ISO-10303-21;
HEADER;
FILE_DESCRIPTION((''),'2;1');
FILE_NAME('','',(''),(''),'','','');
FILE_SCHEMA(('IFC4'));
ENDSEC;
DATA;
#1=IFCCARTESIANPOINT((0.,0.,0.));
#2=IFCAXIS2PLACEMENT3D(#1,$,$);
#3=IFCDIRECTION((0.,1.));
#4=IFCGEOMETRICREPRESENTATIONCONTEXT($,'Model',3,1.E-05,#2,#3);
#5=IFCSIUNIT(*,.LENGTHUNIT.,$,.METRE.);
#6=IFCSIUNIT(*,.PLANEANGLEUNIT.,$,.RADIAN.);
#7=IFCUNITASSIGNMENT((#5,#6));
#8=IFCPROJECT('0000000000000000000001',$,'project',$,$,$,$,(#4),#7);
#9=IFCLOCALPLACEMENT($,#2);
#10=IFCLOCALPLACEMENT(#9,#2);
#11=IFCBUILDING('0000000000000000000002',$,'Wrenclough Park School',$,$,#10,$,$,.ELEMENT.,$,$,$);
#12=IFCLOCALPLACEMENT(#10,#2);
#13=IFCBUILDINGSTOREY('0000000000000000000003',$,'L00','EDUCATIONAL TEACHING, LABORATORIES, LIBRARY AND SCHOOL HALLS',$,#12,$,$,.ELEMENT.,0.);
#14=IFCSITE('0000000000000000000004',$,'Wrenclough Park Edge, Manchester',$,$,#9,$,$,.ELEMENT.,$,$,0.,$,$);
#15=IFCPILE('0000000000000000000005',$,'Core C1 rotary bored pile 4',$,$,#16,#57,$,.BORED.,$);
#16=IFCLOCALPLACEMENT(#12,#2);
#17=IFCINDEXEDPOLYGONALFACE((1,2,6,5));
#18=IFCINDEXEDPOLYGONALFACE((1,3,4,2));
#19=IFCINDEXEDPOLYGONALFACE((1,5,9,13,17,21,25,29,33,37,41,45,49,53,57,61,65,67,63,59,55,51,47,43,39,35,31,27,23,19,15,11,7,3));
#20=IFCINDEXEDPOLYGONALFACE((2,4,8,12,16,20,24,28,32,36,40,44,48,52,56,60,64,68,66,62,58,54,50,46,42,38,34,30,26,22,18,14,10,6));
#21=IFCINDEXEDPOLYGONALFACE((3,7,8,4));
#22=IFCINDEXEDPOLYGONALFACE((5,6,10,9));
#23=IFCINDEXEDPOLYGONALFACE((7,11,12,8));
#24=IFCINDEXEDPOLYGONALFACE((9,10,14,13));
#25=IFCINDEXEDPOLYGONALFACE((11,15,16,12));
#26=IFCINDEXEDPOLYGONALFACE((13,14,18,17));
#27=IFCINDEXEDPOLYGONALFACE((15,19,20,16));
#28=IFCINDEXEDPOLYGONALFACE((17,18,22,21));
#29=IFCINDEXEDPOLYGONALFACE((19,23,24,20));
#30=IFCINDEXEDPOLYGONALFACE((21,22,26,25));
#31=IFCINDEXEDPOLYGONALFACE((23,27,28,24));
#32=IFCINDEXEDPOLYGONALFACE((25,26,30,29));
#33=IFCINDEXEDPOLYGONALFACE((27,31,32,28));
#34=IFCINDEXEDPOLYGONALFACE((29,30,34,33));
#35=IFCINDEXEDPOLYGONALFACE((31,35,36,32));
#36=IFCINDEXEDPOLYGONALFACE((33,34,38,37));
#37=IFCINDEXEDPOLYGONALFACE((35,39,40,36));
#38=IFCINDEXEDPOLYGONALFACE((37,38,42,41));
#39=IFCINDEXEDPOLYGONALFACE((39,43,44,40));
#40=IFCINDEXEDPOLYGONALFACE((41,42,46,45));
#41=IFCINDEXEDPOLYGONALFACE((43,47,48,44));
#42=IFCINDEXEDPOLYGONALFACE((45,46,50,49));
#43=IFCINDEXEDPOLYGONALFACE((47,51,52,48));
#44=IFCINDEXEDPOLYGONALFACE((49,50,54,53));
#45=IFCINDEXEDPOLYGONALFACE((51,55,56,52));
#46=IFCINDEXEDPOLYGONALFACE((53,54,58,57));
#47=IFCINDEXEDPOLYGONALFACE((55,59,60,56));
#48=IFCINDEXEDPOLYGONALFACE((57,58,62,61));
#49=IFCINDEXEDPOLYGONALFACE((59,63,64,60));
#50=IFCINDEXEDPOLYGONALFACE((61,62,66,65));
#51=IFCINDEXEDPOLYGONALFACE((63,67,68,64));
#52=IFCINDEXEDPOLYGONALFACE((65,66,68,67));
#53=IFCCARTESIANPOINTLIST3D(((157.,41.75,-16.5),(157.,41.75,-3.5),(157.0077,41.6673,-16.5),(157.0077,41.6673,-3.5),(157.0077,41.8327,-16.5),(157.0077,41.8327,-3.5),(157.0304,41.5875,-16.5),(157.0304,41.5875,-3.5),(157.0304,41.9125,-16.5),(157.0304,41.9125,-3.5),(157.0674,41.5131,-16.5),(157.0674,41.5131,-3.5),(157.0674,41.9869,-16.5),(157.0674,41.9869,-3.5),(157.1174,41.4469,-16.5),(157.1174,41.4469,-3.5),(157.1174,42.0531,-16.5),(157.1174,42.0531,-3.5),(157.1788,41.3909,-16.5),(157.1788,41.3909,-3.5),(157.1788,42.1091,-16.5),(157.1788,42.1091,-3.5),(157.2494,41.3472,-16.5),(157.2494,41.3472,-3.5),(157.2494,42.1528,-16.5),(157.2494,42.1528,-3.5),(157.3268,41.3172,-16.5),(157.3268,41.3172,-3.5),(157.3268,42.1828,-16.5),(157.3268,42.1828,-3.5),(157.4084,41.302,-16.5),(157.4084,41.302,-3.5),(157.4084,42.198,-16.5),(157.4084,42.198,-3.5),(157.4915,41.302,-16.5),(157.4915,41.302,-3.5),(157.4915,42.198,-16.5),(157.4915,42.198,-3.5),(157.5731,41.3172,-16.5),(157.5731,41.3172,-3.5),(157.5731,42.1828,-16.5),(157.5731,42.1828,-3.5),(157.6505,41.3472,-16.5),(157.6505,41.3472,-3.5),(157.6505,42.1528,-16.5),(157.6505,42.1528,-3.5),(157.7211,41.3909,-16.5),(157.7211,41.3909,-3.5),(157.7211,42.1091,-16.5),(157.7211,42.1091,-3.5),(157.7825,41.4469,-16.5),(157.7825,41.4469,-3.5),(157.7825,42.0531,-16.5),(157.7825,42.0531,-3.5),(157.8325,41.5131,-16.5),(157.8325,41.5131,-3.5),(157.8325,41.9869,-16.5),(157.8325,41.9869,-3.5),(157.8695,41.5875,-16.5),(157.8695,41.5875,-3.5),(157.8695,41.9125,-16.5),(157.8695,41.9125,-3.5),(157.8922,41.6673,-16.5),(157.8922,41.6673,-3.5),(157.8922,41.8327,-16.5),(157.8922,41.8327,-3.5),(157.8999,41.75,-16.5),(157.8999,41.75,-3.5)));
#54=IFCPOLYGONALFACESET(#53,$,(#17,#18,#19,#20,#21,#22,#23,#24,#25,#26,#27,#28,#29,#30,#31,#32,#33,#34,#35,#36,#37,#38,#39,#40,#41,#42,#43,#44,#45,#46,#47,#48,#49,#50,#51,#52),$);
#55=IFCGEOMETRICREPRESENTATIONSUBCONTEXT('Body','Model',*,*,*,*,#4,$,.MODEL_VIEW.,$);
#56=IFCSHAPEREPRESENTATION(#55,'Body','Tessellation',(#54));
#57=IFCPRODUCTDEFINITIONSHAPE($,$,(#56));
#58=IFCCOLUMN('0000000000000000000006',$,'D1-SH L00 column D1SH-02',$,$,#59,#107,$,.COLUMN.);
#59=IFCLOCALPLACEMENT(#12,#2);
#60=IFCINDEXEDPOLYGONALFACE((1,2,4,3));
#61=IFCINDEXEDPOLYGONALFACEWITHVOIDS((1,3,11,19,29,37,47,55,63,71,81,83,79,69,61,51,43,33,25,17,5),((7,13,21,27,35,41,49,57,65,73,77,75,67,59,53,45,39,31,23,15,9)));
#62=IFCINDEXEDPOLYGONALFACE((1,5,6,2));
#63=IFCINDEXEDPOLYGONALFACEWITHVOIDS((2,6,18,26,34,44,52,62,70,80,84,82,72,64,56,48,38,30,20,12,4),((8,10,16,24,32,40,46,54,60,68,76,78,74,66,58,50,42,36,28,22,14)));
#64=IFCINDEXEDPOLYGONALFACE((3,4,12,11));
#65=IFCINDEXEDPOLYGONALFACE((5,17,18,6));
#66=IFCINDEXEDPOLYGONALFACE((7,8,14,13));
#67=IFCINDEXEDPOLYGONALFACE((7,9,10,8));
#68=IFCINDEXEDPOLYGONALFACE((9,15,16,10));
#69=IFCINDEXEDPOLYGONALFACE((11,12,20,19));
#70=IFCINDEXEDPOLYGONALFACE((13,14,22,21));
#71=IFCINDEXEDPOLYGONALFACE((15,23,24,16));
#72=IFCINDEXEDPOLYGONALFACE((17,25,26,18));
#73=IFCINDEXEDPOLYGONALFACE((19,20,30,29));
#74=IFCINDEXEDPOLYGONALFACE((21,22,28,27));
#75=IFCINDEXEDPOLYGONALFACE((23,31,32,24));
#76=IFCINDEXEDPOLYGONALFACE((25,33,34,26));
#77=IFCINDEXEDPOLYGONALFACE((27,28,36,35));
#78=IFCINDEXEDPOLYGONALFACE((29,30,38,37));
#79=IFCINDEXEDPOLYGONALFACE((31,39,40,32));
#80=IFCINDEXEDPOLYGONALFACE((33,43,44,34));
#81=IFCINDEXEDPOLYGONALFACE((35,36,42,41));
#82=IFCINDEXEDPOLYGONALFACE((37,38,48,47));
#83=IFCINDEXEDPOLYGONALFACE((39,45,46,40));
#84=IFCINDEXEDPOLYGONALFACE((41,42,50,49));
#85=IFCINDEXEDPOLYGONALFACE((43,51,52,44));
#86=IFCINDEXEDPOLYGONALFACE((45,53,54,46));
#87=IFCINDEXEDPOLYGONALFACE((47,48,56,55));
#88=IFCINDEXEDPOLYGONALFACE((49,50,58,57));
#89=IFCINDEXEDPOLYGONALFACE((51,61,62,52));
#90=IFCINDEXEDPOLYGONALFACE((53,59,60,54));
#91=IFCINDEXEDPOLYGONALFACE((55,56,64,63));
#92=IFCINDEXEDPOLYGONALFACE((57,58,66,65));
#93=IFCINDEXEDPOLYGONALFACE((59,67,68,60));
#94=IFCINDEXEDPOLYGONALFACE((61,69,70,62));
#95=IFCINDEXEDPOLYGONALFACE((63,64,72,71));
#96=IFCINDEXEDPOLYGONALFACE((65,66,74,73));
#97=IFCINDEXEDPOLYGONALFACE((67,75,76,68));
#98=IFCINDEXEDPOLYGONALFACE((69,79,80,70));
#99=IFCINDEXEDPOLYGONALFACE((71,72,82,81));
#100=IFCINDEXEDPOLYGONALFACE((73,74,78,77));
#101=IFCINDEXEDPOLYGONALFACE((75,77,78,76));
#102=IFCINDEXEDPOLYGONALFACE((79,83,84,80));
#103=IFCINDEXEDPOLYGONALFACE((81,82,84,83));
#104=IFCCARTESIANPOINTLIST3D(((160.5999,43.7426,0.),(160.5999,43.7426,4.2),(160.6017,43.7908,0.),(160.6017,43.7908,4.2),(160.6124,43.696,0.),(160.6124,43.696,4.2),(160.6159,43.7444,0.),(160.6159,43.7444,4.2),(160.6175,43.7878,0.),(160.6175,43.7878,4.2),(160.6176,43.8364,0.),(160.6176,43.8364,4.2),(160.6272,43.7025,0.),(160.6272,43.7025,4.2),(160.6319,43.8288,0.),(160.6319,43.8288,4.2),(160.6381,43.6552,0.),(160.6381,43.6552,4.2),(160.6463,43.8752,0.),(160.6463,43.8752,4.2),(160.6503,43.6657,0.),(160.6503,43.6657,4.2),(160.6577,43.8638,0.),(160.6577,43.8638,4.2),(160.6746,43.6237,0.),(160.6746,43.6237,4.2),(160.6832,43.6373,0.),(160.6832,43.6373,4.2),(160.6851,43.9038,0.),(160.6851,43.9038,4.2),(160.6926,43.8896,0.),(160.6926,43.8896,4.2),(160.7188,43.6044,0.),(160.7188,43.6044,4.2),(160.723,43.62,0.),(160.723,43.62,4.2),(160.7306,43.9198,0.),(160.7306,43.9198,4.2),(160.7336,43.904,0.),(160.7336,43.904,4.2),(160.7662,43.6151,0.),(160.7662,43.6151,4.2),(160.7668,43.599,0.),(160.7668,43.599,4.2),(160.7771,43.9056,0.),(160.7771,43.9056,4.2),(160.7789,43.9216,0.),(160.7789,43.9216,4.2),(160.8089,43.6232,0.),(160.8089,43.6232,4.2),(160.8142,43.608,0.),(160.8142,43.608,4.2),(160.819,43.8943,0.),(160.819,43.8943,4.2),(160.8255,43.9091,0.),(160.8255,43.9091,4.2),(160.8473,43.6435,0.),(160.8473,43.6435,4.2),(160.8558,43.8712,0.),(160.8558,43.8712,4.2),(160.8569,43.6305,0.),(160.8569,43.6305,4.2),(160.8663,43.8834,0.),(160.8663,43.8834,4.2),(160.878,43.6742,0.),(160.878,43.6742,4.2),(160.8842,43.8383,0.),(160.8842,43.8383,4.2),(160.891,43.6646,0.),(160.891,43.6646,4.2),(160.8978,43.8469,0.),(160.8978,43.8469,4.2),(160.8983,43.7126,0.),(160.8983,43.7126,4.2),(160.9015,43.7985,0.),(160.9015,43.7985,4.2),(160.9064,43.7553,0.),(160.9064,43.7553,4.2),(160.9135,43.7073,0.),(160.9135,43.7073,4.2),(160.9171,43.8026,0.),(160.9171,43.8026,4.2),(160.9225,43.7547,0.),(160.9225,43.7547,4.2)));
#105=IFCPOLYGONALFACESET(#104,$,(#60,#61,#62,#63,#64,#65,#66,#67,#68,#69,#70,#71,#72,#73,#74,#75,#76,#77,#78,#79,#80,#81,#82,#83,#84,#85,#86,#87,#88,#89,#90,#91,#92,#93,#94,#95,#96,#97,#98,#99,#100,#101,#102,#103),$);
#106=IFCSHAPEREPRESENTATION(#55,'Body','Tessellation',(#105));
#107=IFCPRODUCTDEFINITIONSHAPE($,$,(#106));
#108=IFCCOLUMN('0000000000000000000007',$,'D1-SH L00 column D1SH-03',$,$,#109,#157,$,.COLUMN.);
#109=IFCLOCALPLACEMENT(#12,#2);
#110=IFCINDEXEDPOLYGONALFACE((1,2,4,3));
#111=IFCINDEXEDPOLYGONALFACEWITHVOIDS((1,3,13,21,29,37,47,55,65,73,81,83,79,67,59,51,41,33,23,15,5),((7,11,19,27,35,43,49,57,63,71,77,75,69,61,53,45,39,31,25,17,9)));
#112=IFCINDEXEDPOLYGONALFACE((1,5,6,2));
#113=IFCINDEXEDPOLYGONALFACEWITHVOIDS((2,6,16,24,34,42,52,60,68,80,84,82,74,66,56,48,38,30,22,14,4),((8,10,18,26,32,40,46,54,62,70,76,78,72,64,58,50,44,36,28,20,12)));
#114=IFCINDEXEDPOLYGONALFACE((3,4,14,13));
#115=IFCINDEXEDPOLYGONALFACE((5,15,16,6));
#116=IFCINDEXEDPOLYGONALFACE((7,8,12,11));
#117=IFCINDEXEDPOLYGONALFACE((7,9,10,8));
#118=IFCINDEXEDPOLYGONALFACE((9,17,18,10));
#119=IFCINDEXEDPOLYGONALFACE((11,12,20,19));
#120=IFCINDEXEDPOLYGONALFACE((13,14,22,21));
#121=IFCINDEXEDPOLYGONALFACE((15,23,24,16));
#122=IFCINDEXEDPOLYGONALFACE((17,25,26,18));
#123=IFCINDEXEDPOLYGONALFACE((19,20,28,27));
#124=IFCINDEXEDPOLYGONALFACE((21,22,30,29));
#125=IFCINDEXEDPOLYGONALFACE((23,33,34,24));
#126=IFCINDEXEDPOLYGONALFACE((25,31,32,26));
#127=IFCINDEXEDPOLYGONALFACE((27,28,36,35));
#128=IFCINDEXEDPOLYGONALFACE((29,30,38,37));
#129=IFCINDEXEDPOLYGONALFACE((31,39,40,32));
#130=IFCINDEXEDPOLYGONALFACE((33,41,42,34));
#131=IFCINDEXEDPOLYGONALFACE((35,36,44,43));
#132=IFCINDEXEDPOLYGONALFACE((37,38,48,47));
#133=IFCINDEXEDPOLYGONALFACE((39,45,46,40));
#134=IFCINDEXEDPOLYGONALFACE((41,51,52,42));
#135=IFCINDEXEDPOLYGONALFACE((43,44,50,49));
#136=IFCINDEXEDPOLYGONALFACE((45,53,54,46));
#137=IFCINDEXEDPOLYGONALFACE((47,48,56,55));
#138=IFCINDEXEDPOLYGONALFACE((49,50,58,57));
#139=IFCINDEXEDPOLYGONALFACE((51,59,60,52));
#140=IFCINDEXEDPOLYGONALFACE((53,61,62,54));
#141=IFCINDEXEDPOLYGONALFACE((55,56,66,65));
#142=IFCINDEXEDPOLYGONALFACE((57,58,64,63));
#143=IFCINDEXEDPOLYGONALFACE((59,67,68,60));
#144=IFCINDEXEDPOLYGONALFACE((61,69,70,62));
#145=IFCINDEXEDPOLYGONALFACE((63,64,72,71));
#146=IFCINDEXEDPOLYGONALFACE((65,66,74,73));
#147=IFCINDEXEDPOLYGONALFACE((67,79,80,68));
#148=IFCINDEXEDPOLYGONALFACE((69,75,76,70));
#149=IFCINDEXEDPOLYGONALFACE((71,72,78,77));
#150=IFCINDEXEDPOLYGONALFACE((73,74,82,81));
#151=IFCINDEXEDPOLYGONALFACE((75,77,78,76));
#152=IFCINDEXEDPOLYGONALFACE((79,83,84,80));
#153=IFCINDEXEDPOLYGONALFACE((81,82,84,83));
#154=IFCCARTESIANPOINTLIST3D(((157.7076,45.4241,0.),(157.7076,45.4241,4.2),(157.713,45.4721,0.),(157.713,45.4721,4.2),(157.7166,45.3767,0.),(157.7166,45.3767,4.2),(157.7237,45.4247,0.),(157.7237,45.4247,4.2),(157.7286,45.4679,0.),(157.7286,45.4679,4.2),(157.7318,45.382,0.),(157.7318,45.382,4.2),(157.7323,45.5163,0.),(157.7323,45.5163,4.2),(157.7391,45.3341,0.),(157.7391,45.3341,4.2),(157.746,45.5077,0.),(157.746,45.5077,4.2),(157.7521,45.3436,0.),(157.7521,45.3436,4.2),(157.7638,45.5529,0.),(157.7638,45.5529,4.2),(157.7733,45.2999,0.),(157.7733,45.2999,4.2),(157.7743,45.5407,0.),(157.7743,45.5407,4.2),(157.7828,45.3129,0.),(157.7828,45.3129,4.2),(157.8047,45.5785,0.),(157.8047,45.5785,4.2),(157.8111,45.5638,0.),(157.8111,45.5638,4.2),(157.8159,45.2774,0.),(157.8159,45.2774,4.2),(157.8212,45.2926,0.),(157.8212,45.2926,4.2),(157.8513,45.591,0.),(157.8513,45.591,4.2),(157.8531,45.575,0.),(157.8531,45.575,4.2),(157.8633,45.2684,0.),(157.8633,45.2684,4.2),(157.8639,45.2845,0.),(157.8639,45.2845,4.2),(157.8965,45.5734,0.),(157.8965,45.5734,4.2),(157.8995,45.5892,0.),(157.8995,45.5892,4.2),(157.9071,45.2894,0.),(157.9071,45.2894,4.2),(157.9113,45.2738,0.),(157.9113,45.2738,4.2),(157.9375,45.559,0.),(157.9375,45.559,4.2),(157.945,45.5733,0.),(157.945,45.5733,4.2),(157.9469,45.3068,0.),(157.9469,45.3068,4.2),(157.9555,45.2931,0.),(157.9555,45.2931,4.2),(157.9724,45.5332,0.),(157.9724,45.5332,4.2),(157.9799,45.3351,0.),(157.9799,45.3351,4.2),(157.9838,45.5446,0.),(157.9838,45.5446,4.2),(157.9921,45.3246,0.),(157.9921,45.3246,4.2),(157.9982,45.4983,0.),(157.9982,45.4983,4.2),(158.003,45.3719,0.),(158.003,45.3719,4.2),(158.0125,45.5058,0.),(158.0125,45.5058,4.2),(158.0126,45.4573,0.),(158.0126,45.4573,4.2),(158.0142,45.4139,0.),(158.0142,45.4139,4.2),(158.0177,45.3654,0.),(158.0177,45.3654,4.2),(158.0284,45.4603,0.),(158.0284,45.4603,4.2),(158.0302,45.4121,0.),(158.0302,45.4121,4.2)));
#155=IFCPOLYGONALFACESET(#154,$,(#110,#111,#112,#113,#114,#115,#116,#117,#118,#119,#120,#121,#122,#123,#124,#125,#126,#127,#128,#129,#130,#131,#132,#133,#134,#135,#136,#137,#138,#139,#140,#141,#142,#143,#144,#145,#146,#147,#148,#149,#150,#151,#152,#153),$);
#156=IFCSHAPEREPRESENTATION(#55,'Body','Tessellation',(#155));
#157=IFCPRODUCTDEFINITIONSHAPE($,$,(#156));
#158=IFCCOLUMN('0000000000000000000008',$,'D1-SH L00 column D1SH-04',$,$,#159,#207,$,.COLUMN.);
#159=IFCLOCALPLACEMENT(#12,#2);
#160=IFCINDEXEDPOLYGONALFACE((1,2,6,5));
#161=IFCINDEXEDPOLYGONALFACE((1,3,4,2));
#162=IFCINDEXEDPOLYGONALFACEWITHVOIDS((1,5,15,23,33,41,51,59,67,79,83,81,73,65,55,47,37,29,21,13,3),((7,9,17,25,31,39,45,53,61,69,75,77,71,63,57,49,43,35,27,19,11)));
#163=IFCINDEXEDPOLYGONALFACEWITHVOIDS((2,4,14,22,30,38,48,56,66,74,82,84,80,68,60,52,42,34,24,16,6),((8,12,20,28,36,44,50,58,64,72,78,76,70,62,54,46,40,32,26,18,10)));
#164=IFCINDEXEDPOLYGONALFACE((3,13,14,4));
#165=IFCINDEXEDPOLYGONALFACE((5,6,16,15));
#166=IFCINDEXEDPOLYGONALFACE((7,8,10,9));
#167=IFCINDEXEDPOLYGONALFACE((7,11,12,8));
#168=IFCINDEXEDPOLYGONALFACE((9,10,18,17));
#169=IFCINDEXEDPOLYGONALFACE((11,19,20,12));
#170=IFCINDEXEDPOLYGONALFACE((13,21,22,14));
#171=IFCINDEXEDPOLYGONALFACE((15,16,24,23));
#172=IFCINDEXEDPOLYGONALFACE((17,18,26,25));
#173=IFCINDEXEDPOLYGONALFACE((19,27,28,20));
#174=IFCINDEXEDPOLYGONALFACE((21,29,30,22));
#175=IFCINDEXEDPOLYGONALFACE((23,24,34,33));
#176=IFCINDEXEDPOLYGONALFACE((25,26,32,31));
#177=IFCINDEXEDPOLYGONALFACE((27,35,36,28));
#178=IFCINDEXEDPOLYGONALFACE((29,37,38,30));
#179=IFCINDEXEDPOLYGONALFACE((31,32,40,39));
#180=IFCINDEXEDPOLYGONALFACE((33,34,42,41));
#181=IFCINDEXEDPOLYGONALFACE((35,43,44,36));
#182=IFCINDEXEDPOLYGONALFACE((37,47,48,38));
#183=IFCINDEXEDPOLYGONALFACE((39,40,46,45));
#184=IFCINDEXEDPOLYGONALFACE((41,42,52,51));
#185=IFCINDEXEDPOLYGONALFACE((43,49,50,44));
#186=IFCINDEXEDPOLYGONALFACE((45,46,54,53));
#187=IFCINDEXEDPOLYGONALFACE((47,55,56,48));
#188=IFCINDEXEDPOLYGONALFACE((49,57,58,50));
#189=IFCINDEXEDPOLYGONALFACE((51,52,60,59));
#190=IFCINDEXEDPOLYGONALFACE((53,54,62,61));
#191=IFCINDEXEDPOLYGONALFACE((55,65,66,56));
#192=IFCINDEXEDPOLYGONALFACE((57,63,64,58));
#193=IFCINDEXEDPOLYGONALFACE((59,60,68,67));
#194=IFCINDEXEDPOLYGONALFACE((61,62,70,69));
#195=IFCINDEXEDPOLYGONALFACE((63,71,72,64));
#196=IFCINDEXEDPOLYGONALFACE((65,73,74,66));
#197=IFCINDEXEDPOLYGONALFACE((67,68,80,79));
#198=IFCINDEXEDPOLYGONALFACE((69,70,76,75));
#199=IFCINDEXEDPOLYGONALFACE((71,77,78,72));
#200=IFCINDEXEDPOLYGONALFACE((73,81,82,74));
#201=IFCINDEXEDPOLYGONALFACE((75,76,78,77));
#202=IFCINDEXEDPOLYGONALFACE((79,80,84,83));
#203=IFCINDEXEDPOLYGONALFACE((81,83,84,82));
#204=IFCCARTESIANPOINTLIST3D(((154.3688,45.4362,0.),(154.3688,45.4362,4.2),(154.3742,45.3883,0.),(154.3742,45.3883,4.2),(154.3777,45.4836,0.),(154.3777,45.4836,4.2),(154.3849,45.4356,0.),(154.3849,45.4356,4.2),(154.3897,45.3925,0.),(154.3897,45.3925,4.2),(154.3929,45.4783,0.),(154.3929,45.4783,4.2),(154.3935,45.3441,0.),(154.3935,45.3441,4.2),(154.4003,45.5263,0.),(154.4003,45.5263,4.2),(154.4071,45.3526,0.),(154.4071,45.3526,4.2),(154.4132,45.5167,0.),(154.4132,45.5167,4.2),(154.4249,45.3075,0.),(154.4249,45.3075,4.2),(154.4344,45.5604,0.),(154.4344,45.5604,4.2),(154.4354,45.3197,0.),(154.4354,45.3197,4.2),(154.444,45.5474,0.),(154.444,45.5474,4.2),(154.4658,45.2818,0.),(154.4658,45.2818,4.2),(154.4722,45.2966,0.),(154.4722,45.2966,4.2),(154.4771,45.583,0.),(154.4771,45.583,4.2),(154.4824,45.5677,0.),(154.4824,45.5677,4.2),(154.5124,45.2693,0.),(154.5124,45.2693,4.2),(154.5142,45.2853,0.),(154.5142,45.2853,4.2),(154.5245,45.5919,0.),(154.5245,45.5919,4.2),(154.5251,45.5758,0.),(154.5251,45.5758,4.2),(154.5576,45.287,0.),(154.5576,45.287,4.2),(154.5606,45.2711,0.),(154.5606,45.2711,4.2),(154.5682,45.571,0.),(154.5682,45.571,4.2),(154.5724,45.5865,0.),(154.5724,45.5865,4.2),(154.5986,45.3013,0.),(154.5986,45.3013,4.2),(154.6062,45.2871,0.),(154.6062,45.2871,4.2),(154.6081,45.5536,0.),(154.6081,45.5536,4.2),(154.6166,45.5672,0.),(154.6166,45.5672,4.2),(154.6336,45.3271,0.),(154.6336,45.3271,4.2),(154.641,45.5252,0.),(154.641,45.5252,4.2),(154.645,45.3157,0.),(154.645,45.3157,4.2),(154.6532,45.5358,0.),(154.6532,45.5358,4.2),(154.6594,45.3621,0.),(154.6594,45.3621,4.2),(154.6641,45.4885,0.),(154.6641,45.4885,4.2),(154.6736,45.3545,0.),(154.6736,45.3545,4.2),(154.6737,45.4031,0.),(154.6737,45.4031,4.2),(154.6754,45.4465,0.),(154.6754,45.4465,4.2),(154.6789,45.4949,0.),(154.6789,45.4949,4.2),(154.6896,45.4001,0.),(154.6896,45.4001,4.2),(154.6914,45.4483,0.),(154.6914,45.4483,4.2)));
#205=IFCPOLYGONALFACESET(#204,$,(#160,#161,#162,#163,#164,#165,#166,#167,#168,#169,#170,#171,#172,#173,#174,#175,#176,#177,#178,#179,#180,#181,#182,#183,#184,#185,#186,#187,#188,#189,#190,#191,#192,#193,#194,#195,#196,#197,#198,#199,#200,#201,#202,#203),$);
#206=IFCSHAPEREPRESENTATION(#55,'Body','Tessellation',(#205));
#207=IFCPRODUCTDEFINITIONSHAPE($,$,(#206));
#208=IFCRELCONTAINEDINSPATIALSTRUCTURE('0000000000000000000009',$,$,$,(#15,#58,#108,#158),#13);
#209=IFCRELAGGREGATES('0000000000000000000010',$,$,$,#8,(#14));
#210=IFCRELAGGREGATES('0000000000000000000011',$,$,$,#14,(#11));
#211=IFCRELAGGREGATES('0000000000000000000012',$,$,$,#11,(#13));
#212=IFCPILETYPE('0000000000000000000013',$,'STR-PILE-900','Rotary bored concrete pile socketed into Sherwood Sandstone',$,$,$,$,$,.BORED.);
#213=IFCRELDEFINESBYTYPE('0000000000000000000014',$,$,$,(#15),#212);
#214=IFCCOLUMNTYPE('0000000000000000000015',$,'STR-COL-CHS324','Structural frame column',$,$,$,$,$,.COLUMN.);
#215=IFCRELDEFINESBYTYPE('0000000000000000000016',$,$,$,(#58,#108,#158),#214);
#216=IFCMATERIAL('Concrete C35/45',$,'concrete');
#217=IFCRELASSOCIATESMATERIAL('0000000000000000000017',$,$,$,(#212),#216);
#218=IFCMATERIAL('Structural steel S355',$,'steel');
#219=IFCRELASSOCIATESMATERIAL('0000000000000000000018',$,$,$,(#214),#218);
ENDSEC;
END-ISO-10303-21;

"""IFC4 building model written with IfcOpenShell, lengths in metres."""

from ifc_helpers import new_model, si_unit, direction, frame, origin, origin_2d, place, context, subcontext, project, spatial, circle, hollow_circle, extrude, material, material_profile, profile_set, type_object, element, save


model = new_model("IFC4")

# Units and contexts
model_context = context("Model", 3, precision=1e-05, world=origin(), true_north=direction((0.0, 1.0)))
body_context = subcontext(model_context, "Body", "Model", "MODEL_VIEW")
ifc_project = project(units=[si_unit("LENGTHUNIT", "METRE"), si_unit("PLANEANGLEUNIT", "RADIAN")], contexts=[model_context])

# Site, building, storey
site_placement = place(None, origin())
site = spatial("IfcSite", under=ifc_project, at=site_placement, Name="Wrenclough Park Edge, Manchester", CompositionType="ELEMENT", RefElevation=0.0)
building_placement = place(site_placement, origin())
building = spatial("IfcBuilding", under=site, at=building_placement, Name="Wrenclough Park School", CompositionType="ELEMENT")
storey_placement = place(building_placement, origin())
storey = spatial("IfcBuildingStorey", under=building, at=storey_placement, Name="L00", Description="EDUCATIONAL TEACHING, LABORATORIES, LIBRARY AND SCHOOL HALLS", CompositionType="ELEMENT", Elevation=0.0)

# Shared definitions
ifc_material_1 = material(Name="Concrete C35/45", Category="concrete")

# Pile
ifc_material_profile_1 = material_profile(ifc_material_1, circle(Radius=0.45, at=origin_2d()), Name="BORED PILE D900")
ifc_profile_set_1 = profile_set([ifc_material_profile_1], Name="Concrete C35/45")
pile_type_1 = type_object("IfcPileType", Name="STR-PILE-900", Description="Rotary bored concrete pile socketed into Sherwood Sandstone", PredefinedType="BORED", material=ifc_profile_set_1)
for number, where, z_axis, x_axis, name in (
    (1, (157.45, 41.75, -3.5), (0.0, 0.0, -1.0), (1.0, 0.0, 0.0), "Core C1 rotary bored pile 4"),
):
    element("IfcPile", number, at=place(storey_placement, frame(where, z_axis=z_axis, x_axis=x_axis)), inside=storey, type_object=pile_type_1, Name=name, PredefinedType="BORED", context=body_context, shape_type="SweptSolid", body=[
        extrude(circle(Radius=0.45, at=origin_2d()), origin(), (0.0, 0.0, 1.0), 13.0),
    ])

# Columns
ifc_material_2 = material(Name="Structural steel S355", Category="steel")
ifc_material_profile_2 = material_profile(ifc_material_2, hollow_circle(Radius=0.1619, WallThickness=0.0161, at=origin_2d()), Name="CHS 323.9x16.0")
ifc_profile_set_2 = profile_set([ifc_material_profile_2], Name="Structural steel S355")
column_type = type_object("IfcColumnType", Name="STR-COL-CHS324", Description="Structural frame column", PredefinedType="COLUMN", material=ifc_profile_set_2)
for number, where, z_axis, x_axis, name in (
    (2, (160.7607, 43.7607, 0.0), (0.0, 0.0, 1.0), (-0.707107, 0.707107, 0.0), "D1-SH L00 column D1SH-02"),
    (3, (157.8694, 45.4302, 0.0), (0.0, 0.0, 1.0), (-0.965926, 0.258819, 0.0), "D1-SH L00 column D1SH-03"),
    (4, (154.5305, 45.4302, 0.0), (0.0, 0.0, 1.0), (-0.965926, -0.258819, 0.0), "D1-SH L00 column D1SH-04"),
):
    element("IfcColumn", number, at=place(storey_placement, frame(where, z_axis=z_axis, x_axis=x_axis)), inside=storey, type_object=column_type, Name=name, PredefinedType="COLUMN", context=body_context, shape_type="SweptSolid", body=[
        extrude(hollow_circle(Radius=0.1619, WallThickness=0.0161, at=origin_2d()), origin(), (0.0, 0.0, 1.0), 4.2),
    ])

save(model, "model.ifc")
